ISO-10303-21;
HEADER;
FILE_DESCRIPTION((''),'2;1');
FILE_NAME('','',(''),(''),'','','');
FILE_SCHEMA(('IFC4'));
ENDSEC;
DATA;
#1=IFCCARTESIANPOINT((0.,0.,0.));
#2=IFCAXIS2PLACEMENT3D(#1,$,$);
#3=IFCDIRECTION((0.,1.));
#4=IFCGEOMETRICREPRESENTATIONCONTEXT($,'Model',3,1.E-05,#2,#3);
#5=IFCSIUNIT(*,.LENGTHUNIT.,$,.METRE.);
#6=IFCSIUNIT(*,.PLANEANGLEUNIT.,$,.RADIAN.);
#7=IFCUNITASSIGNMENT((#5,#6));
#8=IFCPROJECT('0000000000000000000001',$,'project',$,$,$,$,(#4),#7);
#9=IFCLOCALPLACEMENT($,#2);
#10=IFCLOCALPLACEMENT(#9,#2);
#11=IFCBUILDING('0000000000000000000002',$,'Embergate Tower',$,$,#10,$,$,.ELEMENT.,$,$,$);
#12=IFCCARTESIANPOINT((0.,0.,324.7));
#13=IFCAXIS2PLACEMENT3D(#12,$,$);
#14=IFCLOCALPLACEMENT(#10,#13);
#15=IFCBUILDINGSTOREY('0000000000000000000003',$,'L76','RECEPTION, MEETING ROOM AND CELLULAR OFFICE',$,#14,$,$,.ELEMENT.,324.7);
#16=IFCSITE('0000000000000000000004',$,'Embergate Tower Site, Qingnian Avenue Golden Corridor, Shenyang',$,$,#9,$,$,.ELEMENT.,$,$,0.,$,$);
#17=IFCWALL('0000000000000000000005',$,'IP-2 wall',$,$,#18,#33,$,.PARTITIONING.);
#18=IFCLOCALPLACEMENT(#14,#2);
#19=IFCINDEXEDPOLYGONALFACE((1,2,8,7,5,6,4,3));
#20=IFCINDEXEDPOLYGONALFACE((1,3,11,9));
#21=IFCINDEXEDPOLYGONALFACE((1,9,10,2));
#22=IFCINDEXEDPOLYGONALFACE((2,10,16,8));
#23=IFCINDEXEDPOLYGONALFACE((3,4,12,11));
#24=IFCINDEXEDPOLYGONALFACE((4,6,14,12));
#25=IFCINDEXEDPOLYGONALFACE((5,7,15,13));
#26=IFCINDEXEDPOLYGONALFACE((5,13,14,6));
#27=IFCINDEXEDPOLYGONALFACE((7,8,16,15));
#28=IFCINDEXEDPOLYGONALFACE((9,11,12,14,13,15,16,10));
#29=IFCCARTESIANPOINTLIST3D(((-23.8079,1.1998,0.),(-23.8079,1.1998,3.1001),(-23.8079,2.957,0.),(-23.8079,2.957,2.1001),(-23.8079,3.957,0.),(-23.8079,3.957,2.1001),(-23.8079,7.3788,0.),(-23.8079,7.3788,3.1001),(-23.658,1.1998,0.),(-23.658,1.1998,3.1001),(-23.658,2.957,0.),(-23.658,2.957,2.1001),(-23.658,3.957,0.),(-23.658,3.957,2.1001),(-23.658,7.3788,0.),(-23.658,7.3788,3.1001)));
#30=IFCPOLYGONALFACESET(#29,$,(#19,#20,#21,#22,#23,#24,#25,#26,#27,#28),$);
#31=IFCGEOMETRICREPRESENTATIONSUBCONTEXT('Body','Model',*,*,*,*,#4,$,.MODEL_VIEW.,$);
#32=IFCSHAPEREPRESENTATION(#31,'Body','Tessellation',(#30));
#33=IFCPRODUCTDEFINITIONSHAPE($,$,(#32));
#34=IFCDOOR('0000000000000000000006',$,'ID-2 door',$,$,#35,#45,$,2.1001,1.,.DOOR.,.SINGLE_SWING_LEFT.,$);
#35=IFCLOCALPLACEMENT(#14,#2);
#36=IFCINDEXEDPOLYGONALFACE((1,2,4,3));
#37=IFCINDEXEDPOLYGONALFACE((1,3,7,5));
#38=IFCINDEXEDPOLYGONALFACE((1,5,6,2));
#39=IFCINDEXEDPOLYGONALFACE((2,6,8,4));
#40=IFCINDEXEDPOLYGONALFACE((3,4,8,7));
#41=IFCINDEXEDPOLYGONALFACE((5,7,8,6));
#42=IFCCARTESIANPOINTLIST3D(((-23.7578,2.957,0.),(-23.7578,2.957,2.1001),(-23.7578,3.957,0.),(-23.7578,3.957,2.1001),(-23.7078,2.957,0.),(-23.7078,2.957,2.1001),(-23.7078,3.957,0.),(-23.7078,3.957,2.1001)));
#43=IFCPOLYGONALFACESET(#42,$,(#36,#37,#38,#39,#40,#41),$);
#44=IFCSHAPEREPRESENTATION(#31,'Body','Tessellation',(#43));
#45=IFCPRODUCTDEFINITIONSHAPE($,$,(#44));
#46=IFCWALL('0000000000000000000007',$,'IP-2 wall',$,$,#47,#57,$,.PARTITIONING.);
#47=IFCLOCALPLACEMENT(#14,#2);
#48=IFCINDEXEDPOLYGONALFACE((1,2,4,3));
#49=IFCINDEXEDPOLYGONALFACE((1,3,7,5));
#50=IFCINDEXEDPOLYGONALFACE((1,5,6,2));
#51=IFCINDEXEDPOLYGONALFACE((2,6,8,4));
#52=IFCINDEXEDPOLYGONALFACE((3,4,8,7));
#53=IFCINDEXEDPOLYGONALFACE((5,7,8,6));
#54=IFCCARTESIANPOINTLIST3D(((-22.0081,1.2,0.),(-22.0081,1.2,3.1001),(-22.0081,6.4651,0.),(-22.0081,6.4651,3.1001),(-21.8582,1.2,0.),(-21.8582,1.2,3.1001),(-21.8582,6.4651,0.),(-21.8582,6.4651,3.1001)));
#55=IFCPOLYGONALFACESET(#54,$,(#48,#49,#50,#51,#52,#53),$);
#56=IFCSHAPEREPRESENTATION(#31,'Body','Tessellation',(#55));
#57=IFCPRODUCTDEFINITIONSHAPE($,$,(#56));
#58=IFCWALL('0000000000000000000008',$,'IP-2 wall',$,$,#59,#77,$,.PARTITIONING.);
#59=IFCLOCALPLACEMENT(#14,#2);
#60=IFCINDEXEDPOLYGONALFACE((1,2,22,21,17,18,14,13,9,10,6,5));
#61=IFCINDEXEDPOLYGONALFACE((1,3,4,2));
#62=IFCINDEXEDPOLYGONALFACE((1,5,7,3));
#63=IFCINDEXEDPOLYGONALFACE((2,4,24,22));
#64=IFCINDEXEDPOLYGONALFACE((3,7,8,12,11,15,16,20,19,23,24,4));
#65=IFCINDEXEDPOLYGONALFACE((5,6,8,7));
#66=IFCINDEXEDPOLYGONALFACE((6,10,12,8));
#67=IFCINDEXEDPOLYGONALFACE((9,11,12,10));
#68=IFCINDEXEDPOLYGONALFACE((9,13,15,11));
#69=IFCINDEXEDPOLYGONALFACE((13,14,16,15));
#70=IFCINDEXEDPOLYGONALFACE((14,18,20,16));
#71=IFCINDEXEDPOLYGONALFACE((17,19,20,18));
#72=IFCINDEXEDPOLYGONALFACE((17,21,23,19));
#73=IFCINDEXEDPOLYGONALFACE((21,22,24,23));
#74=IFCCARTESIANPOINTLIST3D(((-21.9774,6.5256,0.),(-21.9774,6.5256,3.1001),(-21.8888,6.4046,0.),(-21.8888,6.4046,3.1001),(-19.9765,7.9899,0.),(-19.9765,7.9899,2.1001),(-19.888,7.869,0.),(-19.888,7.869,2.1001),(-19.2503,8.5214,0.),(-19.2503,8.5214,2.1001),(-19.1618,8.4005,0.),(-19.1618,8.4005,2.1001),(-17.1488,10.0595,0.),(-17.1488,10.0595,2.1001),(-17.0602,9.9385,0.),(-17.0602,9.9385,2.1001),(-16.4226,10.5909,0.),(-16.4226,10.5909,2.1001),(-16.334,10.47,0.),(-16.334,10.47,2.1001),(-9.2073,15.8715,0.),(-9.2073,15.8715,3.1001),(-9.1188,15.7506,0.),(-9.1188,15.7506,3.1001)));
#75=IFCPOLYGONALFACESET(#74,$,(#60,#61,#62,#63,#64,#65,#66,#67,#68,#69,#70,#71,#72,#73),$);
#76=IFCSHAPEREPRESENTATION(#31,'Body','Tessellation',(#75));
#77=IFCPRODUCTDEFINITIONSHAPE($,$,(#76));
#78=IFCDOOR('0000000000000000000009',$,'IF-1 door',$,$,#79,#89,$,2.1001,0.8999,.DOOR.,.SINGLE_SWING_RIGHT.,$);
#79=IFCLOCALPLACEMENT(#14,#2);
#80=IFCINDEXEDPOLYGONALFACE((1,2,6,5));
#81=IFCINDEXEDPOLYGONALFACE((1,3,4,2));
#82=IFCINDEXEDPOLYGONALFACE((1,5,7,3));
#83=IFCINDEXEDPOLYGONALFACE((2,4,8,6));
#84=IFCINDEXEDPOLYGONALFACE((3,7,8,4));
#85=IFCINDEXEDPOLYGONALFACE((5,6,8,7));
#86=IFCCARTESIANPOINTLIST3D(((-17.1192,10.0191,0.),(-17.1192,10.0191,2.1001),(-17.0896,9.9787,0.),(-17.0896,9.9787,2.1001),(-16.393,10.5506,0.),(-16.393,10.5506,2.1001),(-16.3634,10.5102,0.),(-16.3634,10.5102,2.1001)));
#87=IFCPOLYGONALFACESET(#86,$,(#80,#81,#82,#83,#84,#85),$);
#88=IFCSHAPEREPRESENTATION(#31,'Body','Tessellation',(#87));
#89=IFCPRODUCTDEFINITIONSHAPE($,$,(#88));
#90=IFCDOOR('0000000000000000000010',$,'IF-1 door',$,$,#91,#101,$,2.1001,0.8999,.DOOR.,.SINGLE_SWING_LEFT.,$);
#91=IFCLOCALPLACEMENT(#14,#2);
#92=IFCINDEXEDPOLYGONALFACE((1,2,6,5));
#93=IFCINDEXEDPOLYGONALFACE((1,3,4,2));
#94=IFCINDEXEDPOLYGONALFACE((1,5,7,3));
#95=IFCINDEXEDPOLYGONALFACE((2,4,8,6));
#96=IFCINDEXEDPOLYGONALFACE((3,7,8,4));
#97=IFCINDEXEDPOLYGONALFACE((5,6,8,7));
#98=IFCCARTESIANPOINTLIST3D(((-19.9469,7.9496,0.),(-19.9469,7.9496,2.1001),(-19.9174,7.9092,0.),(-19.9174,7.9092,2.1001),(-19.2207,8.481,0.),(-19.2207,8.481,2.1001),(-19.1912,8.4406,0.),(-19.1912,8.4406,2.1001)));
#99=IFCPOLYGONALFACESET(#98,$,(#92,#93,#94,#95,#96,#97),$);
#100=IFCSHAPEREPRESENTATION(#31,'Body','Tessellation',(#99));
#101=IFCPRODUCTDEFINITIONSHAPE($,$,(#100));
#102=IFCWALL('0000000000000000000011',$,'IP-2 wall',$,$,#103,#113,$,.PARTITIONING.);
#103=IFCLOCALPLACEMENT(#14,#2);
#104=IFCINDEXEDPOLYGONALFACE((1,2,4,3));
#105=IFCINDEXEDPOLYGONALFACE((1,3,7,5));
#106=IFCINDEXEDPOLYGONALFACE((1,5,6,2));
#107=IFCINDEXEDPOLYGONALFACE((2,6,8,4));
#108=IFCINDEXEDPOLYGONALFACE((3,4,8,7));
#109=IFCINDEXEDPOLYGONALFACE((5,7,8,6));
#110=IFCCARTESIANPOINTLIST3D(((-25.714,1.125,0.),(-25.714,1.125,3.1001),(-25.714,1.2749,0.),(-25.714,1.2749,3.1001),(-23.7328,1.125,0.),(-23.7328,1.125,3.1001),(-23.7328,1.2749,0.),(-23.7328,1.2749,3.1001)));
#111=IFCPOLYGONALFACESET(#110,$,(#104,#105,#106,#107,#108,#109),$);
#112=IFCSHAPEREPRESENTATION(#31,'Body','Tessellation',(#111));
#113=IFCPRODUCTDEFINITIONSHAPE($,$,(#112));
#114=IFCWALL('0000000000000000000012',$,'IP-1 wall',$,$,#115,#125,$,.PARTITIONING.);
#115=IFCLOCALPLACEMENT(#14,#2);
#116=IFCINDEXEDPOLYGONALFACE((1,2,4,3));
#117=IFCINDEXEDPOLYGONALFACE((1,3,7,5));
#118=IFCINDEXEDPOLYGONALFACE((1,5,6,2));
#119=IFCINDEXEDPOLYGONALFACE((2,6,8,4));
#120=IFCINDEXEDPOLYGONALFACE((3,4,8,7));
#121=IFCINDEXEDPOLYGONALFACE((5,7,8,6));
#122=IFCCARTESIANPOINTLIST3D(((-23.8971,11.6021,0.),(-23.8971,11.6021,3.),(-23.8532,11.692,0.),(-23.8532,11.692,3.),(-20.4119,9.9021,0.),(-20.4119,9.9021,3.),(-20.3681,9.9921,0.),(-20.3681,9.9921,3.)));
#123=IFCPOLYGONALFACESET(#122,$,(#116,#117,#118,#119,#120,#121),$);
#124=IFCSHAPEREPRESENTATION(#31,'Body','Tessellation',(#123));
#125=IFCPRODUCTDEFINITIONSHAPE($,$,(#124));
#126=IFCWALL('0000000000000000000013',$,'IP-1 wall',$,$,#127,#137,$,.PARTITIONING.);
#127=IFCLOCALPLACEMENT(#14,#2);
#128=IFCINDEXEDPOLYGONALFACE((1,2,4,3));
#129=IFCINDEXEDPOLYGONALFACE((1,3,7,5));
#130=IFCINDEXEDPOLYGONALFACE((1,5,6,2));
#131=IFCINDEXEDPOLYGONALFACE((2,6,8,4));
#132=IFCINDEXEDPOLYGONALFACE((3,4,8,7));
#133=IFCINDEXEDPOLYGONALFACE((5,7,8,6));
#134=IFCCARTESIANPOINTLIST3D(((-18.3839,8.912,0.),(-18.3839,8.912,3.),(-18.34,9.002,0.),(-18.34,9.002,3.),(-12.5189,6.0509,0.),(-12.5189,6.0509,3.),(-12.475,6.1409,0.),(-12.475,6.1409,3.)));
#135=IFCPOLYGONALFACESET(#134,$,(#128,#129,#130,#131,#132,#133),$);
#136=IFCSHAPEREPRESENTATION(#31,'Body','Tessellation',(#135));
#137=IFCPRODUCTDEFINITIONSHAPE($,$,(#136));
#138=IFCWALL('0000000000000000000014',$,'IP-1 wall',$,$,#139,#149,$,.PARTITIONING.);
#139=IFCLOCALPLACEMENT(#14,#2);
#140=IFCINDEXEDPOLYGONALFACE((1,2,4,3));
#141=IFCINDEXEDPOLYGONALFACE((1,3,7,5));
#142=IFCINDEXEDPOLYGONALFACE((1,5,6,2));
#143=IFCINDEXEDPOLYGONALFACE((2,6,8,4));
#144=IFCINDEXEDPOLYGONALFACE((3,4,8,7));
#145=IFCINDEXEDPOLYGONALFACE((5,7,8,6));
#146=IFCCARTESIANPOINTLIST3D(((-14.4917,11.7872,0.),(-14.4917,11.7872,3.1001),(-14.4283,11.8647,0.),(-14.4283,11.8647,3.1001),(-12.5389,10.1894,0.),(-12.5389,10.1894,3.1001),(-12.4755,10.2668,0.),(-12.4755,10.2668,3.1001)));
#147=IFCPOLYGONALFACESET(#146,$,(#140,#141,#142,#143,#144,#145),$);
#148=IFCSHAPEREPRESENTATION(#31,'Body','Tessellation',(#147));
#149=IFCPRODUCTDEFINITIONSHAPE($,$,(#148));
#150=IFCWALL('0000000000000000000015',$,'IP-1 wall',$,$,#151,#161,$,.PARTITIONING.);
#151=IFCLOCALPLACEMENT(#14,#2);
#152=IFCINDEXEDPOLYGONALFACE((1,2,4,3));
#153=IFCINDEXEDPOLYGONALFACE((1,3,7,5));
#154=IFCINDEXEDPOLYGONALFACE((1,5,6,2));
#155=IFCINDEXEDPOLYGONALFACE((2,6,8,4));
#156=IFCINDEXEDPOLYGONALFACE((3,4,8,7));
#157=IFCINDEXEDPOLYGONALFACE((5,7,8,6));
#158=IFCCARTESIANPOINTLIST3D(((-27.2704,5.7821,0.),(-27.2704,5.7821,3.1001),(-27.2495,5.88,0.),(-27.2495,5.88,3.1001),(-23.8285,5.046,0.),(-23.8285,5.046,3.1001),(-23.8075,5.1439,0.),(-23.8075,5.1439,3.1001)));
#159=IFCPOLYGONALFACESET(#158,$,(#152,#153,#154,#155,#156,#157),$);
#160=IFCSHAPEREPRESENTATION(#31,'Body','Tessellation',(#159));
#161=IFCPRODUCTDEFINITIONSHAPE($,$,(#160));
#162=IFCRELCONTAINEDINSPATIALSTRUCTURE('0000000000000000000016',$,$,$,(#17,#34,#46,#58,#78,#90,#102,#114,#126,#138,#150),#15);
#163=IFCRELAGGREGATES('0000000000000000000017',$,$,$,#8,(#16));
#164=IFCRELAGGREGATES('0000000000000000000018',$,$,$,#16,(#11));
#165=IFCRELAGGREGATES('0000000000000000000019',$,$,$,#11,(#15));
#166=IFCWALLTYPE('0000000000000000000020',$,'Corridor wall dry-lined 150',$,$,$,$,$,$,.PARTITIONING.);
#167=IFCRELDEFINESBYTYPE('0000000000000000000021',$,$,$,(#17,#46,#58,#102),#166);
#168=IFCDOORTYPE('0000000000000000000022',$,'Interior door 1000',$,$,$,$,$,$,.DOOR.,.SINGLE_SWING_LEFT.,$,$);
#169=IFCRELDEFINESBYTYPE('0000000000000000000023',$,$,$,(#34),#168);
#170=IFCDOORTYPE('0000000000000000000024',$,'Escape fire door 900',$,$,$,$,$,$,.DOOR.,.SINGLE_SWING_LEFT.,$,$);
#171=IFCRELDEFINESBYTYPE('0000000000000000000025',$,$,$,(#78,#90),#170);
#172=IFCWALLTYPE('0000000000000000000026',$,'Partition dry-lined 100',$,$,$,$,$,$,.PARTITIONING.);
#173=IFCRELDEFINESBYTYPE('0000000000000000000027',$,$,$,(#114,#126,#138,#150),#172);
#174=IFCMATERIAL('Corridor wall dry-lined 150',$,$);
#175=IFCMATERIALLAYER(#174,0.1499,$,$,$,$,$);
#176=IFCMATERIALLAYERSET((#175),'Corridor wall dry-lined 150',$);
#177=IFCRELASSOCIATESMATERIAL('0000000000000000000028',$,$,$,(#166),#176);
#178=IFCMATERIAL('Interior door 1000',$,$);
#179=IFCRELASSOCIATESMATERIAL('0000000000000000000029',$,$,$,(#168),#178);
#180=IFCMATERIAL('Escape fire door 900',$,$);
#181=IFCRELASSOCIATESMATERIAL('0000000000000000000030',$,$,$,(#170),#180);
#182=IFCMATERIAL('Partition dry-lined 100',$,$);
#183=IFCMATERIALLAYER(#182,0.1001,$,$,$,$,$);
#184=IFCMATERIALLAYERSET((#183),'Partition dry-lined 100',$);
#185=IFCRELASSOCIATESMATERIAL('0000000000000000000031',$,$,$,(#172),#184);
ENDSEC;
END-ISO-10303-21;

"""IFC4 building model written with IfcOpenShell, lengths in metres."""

from ifc_helpers import new_model, si_unit, direction, frame, frame_2d, origin, place, context, subcontext, project, spatial, rectangle, extrude, source, transform, mapped, material, layer, layer_set, type_object, element, fill, save


model = new_model("IFC4")

# Units and contexts
model_context = context("Model", 3, precision=1e-05, world=origin(), true_north=direction((0.0, 1.0)))
body_context = subcontext(model_context, "Body", "Model", "MODEL_VIEW")
ifc_project = project(units=[si_unit("LENGTHUNIT", "METRE"), si_unit("PLANEANGLEUNIT", "RADIAN")], contexts=[model_context])

# Site, building, storey
site_placement = place(None, origin())
site = spatial("IfcSite", under=ifc_project, at=site_placement, Name="Embergate Tower Site, Qingnian Avenue Golden Corridor, Shenyang", CompositionType="ELEMENT", RefElevation=0.0)
building_placement = place(site_placement, origin())
building = spatial("IfcBuilding", under=site, at=building_placement, Name="Embergate Tower", CompositionType="ELEMENT")
storey_placement = place(building_placement, frame((0.0, 0.0, 324.7)))
storey = spatial("IfcBuildingStorey", under=building, at=storey_placement, Name="L76", Description="RECEPTION, MEETING ROOM AND CELLULAR OFFICE", CompositionType="ELEMENT", Elevation=324.7)

# Wall, opening, door
ifc_material_1 = material(Name="Corridor wall dry-lined 150")
ifc_layer_1 = layer(ifc_material_1, 0.1499)
ifc_layer_set_1 = layer_set([ifc_layer_1], Name="Corridor wall dry-lined 150")
wall_type_1 = type_object("IfcWallType", Name="Corridor wall dry-lined 150", PredefinedType="PARTITIONING", material=ifc_layer_set_1)
shared_shape_1 = source(origin(), body_context, "Body", "SweptSolid", [
    extrude(rectangle(XDim=6.179, YDim=0.1499, at=frame_2d((3.0894, 0.0))), origin(), (0.0, 0.0, 1.0), 3.1001),
])
wall_1_placement = place(storey_placement, frame((-23.7329, 1.2, 0.0), z_axis=(0.0, 0.0, 1.0), x_axis=(0.0, 1.0, 0.0)))
wall_1 = element("IfcWall", 1, at=wall_1_placement, inside=storey, type_object=wall_type_1, Name="IP-2 wall", PredefinedType="PARTITIONING", context=body_context, shape_type="MappedRepresentation", body=[
    mapped(shared_shape_1, transform((0.0, 0.0, 0.0))),
])
shared_shape_2 = source(origin(), body_context, "Body", "SweptSolid", [
    extrude(rectangle(XDim=1.0, YDim=2.1001, at=frame_2d((0.5, 1.05))), frame((0.0, 0.085, 0.0), z_axis=(0.0, -1.0, 0.0), x_axis=(1.0, 0.0, 0.0)), (0.0, 0.0, 1.0), 0.1699),
])
opening_1_placement = place(wall_1_placement, frame((1.7571, 0.0, 0.0)))
opening_1 = element("IfcOpeningElement", 2, at=opening_1_placement, cuts=wall_1, PredefinedType="OPENING", context=body_context, shape_type="MappedRepresentation", body=[
    mapped(shared_shape_2, transform((0.0, 0.0, 0.0))),
])
ifc_material_2 = material(Name="Interior door 1000")
door_type_1 = type_object("IfcDoorType", Name="Interior door 1000", OperationType="SINGLE_SWING_LEFT", PredefinedType="DOOR", material=ifc_material_2)
shared_shape_3 = source(origin(), body_context, "Body", "SweptSolid", [
    extrude(rectangle(XDim=1.0, YDim=2.1001, at=frame_2d((0.5, 1.05))), frame((0.0, 0.0249, 0.0), z_axis=(0.0, -1.0, 0.0), x_axis=(1.0, 0.0, 0.0)), (0.0, 0.0, 1.0), 0.05),
])
door_1_placement = place(opening_1_placement, origin())
door_1 = element("IfcDoor", 3, at=door_1_placement, inside=storey, type_object=door_type_1, Name="ID-2 door", OperationType="SINGLE_SWING_LEFT", OverallHeight=2.1001, OverallWidth=1.0, PredefinedType="DOOR", context=body_context, shape_type="MappedRepresentation", body=[
    mapped(shared_shape_3, transform((0.0, 0.0, 0.0))),
])
fill(opening_1, door_1)

# Wall
shared_shape_4 = source(origin(), body_context, "Body", "SweptSolid", [
    extrude(rectangle(XDim=5.2651, YDim=0.1499, at=frame_2d((2.6326, 0.0))), origin(), (0.0, 0.0, 1.0), 3.1001),
])
wall_2_placement = place(storey_placement, frame((-21.9331, 1.2, 0.0), z_axis=(0.0, 0.0, 1.0), x_axis=(0.0, 1.0, 0.0)))
element("IfcWall", 4, at=wall_2_placement, inside=storey, type_object=wall_type_1, Name="IP-2 wall", PredefinedType="PARTITIONING", context=body_context, shape_type="MappedRepresentation", body=[
    mapped(shared_shape_4, transform((0.0, 0.0, 0.0))),
])

# Wall, openings, doors
shared_shape_5 = source(origin(), body_context, "Body", "SweptSolid", [
    extrude(rectangle(XDim=15.8247, YDim=0.1499, at=frame_2d((7.9124, 0.0))), origin(), (0.0, 0.0, 1.0), 3.1001),
])
wall_3_placement = place(storey_placement, frame((-21.9331, 6.4651, 0.0), z_axis=(0.0, 0.0, 1.0), x_axis=(0.806969, 0.590594, 0.0)))
wall_3 = element("IfcWall", 5, at=wall_3_placement, inside=storey, type_object=wall_type_1, Name="IP-2 wall", PredefinedType="PARTITIONING", context=body_context, shape_type="MappedRepresentation", body=[
    mapped(shared_shape_5, transform((0.0, 0.0, 0.0))),
])
shared_shape_6 = source(origin(), body_context, "Body", "SweptSolid", [
    extrude(rectangle(XDim=0.8999, YDim=2.1001, at=frame_2d((0.45, 1.05))), frame((0.0, 0.085, 0.0), z_axis=(0.0, -1.0, 0.0), x_axis=(1.0, 0.0, 0.0)), (0.0, 0.0, 1.0), 0.1699),
])
opening_2_placement = place(wall_3_placement, frame((5.9836, 0.0, 0.0)))
opening_2 = element("IfcOpeningElement", 6, at=opening_2_placement, cuts=wall_3, PredefinedType="OPENING", context=body_context, shape_type="MappedRepresentation", body=[
    mapped(shared_shape_6, transform((0.0, 0.0, 0.0))),
])
opening_3_placement = place(wall_3_placement, frame((2.4795, 0.0, 0.0)))
opening_3 = element("IfcOpeningElement", 7, at=opening_3_placement, cuts=wall_3, PredefinedType="OPENING", context=body_context, shape_type="MappedRepresentation", body=[
    mapped(shared_shape_6, transform((0.0, 0.0, 0.0))),
])
ifc_material_3 = material(Name="Escape fire door 900")
door_type_2 = type_object("IfcDoorType", Name="Escape fire door 900", OperationType="SINGLE_SWING_LEFT", PredefinedType="DOOR", material=ifc_material_3)
shared_shape_7 = source(origin(), body_context, "Body", "SweptSolid", [
    extrude(rectangle(XDim=0.8999, YDim=2.1001, at=frame_2d((0.45, 1.05))), frame((0.0, 0.0249, 0.0), z_axis=(0.0, -1.0, 0.0), x_axis=(1.0, 0.0, 0.0)), (0.0, 0.0, 1.0), 0.05),
])
door_2_placement = place(opening_2_placement, origin())
door_2 = element("IfcDoor", 8, at=door_2_placement, inside=storey, type_object=door_type_2, Name="IF-1 door", OperationType="SINGLE_SWING_RIGHT", OverallHeight=2.1001, OverallWidth=0.8999, PredefinedType="DOOR", context=body_context, shape_type="MappedRepresentation", body=[
    mapped(shared_shape_7, transform((0.0, 0.0, 0.0))),
])
fill(opening_2, door_2)
door_3_placement = place(opening_3_placement, origin())
door_3 = element("IfcDoor", 9, at=door_3_placement, inside=storey, type_object=door_type_2, Name="IF-1 door", OperationType="SINGLE_SWING_LEFT", OverallHeight=2.1001, OverallWidth=0.8999, PredefinedType="DOOR", context=body_context, shape_type="MappedRepresentation", body=[
    mapped(shared_shape_7, transform((0.0, 0.0, 0.0))),
])
fill(opening_3, door_3)

# Walls
shared_shape_8 = source(origin(), body_context, "Body", "SweptSolid", [
    extrude(rectangle(XDim=1.9812, YDim=0.1499, at=frame_2d((0.9907, 0.0))), origin(), (0.0, 0.0, 1.0), 3.1001),
])
wall_4_placement = place(storey_placement, frame((-25.7141, 1.2, 0.0), z_axis=(0.0, 0.0, 1.0), x_axis=(1.0, 0.0, 0.0)))
element("IfcWall", 10, at=wall_4_placement, inside=storey, type_object=wall_type_1, Name="IP-2 wall", PredefinedType="PARTITIONING", context=body_context, shape_type="MappedRepresentation", body=[
    mapped(shared_shape_8, transform((0.0, 0.0, 0.0))),
])
ifc_material_4 = material(Name="Partition dry-lined 100")
ifc_layer_2 = layer(ifc_material_4, 0.1001)
ifc_layer_set_2 = layer_set([ifc_layer_2], Name="Partition dry-lined 100")
wall_type_2 = type_object("IfcWallType", Name="Partition dry-lined 100", PredefinedType="PARTITIONING", material=ifc_layer_set_2)
shared_shape_9 = source(origin(), body_context, "Body", "SweptSolid", [
    extrude(rectangle(XDim=3.8777, YDim=0.1001, at=frame_2d((1.939, 0.0))), origin(), (0.0, 0.0, 1.0), 3.0),
])
wall_5_placement = place(storey_placement, frame((-20.3899, 9.947, 0.0), z_axis=(0.0, 0.0, 1.0), x_axis=(-0.898779, 0.438403, 0.0)))
element("IfcWall", 11, at=wall_5_placement, inside=storey, type_object=wall_type_2, Name="IP-1 wall", PredefinedType="PARTITIONING", context=body_context, shape_type="MappedRepresentation", body=[
    mapped(shared_shape_9, transform((0.0, 0.0, 0.0))),
])
shared_shape_10 = source(origin(), body_context, "Body", "SweptSolid", [
    extrude(rectangle(XDim=6.5256, YDim=0.1001, at=frame_2d((3.2627, 0.0))), origin(), (0.0, 0.0, 1.0), 3.0),
])
wall_6_placement = place(storey_placement, frame((-12.4971, 6.0959, 0.0), z_axis=(0.0, 0.0, 1.0), x_axis=(-0.898762, 0.438438, 0.0)))
element("IfcWall", 12, at=wall_6_placement, inside=storey, type_object=wall_type_2, Name="IP-1 wall", PredefinedType="PARTITIONING", context=body_context, shape_type="MappedRepresentation", body=[
    mapped(shared_shape_10, transform((0.0, 0.0, 0.0))),
])
shared_shape_11 = source(origin(), body_context, "Body", "SweptSolid", [
    extrude(rectangle(XDim=2.5232, YDim=0.1001, at=frame_2d((1.2617, 0.0))), origin(), (0.0, 0.0, 1.0), 3.1001),
])
wall_7_placement = place(storey_placement, frame((-12.5071, 10.228, 0.0), z_axis=(0.0, 0.0, 1.0), x_axis=(-0.77394, 0.633259, 0.0)))
element("IfcWall", 13, at=wall_7_placement, inside=storey, type_object=wall_type_2, Name="IP-1 wall", PredefinedType="PARTITIONING", context=body_context, shape_type="MappedRepresentation", body=[
    mapped(shared_shape_11, transform((0.0, 0.0, 0.0))),
])
shared_shape_12 = source(origin(), body_context, "Body", "SweptSolid", [
    extrude(rectangle(XDim=3.5198, YDim=0.1001, at=frame_2d((1.7598, 0.0))), origin(), (0.0, 0.0, 1.0), 3.1001),
])
wall_8_placement = place(storey_placement, frame((-23.8181, 5.095, 0.0), z_axis=(0.0, 0.0, 1.0), x_axis=(-0.977888, 0.209131, 0.0)))
element("IfcWall", 14, at=wall_8_placement, inside=storey, type_object=wall_type_2, Name="IP-1 wall", PredefinedType="PARTITIONING", context=body_context, shape_type="MappedRepresentation", body=[
    mapped(shared_shape_12, transform((0.0, 0.0, 0.0))),
])

save(model, "model.ifc")
